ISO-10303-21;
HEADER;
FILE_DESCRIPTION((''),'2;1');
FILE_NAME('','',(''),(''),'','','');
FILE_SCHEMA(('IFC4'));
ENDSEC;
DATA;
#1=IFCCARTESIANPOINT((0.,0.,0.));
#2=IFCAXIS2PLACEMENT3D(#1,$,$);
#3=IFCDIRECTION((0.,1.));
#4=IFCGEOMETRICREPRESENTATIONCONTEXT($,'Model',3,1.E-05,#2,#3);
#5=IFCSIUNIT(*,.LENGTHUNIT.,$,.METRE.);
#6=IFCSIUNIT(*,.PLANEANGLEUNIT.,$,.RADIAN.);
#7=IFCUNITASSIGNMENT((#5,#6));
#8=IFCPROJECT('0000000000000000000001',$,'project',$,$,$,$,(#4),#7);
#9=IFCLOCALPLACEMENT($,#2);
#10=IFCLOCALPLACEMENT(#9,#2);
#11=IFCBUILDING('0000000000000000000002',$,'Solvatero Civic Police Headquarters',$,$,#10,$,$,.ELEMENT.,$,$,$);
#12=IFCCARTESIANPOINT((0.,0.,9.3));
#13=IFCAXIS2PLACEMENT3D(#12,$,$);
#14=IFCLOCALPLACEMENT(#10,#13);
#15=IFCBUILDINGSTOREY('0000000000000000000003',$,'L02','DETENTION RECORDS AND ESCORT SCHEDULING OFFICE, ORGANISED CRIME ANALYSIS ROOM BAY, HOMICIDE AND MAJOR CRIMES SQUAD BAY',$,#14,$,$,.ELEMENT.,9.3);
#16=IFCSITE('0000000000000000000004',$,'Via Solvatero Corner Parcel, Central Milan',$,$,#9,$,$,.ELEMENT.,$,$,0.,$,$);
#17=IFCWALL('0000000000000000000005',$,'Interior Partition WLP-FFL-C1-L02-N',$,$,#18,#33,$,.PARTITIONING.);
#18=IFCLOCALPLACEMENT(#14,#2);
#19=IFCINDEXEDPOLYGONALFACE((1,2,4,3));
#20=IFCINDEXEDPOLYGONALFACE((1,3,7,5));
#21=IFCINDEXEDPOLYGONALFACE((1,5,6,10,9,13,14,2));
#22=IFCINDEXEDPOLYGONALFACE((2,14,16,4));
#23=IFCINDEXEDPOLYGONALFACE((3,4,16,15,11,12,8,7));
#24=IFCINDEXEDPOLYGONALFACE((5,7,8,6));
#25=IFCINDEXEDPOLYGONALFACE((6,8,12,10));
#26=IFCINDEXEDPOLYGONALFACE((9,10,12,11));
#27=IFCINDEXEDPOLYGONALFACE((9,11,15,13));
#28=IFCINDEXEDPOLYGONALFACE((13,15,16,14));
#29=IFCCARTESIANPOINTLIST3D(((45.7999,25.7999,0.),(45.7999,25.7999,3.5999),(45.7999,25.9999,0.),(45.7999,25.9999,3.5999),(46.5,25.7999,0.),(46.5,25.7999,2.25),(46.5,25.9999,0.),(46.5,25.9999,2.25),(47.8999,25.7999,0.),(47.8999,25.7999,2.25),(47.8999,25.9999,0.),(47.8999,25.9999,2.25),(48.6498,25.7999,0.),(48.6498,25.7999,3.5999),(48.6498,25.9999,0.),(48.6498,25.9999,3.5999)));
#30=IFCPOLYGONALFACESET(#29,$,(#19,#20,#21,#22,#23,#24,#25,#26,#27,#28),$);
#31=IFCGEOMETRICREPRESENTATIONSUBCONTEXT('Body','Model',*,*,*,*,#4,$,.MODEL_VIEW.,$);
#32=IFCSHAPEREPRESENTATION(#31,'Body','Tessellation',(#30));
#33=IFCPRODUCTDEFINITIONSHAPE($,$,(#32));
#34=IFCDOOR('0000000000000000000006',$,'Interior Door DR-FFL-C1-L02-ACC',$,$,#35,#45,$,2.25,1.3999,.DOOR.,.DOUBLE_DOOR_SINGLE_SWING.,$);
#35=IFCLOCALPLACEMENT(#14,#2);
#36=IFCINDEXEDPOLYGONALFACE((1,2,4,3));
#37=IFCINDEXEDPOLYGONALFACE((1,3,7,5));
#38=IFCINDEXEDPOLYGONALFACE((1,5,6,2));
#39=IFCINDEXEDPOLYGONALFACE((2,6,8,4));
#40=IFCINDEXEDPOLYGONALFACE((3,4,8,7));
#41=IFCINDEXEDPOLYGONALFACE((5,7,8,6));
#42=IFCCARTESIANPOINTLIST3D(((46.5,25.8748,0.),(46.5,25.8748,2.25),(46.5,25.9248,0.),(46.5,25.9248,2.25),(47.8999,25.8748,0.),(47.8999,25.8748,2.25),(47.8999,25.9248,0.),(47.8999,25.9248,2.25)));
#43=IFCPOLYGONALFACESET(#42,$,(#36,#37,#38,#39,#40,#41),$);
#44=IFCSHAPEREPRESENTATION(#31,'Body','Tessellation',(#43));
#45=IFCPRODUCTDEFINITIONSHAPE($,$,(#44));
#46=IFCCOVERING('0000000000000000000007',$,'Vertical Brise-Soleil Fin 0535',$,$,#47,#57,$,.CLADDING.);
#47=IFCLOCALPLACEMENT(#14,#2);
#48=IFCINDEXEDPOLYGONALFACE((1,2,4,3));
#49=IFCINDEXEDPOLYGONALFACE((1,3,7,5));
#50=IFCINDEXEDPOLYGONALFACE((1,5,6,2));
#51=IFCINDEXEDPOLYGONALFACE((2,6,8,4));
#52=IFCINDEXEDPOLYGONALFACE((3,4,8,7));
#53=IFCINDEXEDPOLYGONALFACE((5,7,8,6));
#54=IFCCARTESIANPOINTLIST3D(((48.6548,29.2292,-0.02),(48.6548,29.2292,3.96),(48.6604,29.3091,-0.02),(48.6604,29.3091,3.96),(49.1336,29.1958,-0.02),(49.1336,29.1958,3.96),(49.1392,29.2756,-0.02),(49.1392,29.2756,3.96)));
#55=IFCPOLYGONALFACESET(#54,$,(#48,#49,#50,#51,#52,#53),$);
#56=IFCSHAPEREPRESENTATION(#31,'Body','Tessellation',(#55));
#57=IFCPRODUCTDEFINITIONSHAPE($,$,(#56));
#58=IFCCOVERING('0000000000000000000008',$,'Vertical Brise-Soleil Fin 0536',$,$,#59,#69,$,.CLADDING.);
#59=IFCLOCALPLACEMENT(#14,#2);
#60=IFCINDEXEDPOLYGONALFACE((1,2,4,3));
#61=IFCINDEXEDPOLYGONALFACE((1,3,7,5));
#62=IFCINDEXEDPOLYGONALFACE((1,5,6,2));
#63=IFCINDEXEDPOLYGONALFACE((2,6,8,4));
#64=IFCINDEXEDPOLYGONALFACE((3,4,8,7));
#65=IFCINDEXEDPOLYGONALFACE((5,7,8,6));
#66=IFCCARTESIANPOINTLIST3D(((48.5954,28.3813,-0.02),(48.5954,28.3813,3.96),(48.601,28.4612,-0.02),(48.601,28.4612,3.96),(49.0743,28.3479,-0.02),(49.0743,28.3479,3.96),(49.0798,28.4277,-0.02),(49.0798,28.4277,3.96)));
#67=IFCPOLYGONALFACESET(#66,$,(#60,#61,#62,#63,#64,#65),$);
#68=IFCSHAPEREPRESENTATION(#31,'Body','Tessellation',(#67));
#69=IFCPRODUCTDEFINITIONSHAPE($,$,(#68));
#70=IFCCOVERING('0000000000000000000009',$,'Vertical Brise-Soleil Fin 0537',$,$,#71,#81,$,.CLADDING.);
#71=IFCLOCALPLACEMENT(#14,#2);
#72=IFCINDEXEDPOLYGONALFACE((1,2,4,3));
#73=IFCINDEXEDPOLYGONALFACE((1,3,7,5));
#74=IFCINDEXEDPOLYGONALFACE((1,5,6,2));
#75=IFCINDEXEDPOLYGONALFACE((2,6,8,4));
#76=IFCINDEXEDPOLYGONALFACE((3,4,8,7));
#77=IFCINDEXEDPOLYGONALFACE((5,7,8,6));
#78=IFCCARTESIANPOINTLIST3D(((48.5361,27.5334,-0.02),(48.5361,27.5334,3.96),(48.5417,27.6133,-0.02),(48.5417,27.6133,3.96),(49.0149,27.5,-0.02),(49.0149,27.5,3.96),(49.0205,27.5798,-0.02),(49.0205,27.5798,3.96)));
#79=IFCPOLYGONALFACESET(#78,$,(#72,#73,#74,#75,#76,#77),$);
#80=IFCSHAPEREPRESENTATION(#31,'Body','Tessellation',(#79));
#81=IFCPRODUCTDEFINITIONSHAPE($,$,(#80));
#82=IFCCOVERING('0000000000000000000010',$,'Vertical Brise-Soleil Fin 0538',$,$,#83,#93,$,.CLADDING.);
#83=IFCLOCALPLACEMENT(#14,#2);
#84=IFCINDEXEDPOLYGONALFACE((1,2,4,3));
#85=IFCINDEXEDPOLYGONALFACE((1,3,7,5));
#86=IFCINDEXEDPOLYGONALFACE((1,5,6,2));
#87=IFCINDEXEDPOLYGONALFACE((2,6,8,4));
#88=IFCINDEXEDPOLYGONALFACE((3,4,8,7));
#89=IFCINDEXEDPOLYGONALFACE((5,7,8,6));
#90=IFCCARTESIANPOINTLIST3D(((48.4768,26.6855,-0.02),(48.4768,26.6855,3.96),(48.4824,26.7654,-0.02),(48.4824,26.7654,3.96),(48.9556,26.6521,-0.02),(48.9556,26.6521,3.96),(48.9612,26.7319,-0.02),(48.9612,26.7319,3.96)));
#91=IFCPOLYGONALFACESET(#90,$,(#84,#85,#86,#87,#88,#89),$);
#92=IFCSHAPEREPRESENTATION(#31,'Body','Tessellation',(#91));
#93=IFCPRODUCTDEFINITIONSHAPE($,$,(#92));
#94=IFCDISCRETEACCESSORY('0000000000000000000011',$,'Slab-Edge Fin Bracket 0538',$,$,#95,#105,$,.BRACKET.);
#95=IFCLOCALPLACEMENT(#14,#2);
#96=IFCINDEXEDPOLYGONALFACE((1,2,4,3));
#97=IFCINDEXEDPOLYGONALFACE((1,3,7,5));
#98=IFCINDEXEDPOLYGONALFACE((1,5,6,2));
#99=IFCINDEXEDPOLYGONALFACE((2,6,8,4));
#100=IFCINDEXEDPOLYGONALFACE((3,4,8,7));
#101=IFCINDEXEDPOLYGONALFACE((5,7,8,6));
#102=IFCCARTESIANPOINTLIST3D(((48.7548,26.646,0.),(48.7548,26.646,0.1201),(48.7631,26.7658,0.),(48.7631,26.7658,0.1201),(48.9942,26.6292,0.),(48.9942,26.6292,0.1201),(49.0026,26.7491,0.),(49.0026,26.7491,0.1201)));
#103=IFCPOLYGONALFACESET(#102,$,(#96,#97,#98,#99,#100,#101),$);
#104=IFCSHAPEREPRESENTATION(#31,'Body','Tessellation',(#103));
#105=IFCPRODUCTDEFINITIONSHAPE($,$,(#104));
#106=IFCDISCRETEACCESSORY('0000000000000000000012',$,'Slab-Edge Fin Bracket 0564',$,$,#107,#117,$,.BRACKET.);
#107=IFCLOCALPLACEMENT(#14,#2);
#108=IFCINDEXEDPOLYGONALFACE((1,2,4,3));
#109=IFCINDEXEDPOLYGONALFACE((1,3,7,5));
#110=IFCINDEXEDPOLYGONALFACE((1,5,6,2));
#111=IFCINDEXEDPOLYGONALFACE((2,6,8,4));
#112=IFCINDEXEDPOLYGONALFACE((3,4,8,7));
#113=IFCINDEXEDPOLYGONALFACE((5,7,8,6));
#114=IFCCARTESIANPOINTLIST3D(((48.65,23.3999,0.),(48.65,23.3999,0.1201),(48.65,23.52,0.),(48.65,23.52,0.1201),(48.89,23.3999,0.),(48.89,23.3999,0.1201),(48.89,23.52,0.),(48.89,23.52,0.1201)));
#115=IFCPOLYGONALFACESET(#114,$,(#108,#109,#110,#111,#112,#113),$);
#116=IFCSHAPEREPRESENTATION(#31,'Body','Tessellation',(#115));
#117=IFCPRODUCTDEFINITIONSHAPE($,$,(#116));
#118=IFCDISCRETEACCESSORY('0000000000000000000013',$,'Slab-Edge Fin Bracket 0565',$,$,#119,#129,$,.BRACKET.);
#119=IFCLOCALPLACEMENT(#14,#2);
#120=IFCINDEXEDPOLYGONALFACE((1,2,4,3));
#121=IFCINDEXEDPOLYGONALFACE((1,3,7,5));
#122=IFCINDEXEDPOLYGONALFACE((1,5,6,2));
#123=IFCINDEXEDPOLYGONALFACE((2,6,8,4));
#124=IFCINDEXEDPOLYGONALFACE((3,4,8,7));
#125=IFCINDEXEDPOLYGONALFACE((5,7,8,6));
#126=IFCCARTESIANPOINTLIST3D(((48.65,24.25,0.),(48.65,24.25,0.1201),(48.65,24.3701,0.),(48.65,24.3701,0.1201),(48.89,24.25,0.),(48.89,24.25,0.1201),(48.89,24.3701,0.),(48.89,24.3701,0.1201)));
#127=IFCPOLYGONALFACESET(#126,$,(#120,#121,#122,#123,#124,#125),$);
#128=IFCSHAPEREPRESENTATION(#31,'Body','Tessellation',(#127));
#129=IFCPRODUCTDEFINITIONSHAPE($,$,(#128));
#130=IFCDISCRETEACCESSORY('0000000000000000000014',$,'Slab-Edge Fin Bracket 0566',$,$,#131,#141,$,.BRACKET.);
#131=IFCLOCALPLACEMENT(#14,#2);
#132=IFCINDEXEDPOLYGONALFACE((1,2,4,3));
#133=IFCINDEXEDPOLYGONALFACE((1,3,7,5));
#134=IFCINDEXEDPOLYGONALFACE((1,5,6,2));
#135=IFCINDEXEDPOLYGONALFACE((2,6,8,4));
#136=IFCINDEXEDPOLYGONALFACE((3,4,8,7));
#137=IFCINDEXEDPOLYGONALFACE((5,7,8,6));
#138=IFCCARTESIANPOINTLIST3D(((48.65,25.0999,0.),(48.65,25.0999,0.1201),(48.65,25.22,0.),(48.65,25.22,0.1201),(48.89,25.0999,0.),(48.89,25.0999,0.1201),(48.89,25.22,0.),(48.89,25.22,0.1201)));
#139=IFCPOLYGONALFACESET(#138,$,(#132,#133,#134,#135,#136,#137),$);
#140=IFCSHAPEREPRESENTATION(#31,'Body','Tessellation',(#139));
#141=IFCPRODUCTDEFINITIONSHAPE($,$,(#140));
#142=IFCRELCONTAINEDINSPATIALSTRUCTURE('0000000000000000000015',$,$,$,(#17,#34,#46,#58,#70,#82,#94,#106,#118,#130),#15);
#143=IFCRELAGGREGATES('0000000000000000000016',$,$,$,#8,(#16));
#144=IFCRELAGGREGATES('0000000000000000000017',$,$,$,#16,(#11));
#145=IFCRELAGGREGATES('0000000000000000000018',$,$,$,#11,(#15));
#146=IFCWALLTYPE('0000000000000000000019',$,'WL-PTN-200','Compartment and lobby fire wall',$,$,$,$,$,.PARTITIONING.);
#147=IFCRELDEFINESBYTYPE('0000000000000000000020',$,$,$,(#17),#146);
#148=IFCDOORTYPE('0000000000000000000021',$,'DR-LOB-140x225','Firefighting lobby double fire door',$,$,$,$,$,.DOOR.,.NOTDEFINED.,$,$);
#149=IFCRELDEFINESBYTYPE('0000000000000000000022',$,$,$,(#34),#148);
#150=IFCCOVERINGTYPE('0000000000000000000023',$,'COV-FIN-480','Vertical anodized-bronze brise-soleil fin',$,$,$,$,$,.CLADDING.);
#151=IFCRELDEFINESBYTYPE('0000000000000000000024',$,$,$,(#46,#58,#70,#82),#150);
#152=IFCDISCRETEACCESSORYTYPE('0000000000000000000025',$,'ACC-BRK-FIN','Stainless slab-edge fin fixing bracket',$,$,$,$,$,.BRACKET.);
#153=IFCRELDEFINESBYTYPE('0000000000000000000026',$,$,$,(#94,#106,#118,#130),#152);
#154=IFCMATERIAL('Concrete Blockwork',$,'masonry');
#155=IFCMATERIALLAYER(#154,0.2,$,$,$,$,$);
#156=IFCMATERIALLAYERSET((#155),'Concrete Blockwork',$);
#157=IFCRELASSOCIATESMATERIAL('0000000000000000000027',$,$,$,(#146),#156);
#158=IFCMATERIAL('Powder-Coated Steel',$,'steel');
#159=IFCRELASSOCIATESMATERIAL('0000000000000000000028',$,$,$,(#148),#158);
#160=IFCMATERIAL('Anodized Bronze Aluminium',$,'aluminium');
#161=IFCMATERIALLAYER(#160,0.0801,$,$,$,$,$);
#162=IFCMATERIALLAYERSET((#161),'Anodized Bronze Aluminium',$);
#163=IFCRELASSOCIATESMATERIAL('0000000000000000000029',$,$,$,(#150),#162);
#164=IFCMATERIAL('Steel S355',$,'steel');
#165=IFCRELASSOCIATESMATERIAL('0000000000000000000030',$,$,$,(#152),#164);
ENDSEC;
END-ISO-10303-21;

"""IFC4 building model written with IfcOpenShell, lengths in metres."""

from ifc_helpers import new_model, si_unit, direction, frame, frame_2d, origin, origin_2d, place, context, subcontext, project, spatial, rectangle, extrude, material, layer, layer_set, type_object, element, fill, save


model = new_model("IFC4")

# Units and contexts
model_context = context("Model", 3, precision=1e-05, world=origin(), true_north=direction((0.0, 1.0)))
body_context = subcontext(model_context, "Body", "Model", "MODEL_VIEW")
ifc_project = project(units=[si_unit("LENGTHUNIT", "METRE"), si_unit("PLANEANGLEUNIT", "RADIAN")], contexts=[model_context])

# Site, building, storey
site_placement = place(None, origin())
site = spatial("IfcSite", under=ifc_project, at=site_placement, Name="Via Solvatero Corner Parcel, Central Milan", CompositionType="ELEMENT", RefElevation=0.0)
building_placement = place(site_placement, origin())
building = spatial("IfcBuilding", under=site, at=building_placement, Name="Solvatero Civic Police Headquarters", CompositionType="ELEMENT")
storey_placement = place(building_placement, frame((0.0, 0.0, 9.3)))
storey = spatial("IfcBuildingStorey", under=building, at=storey_placement, Name="L02", Description="DETENTION RECORDS AND ESCORT SCHEDULING OFFICE, ORGANISED CRIME ANALYSIS ROOM BAY, HOMICIDE AND MAJOR CRIMES SQUAD BAY", CompositionType="ELEMENT", Elevation=9.3)

# Shared definitions
ifc_material_1 = material(Name="Steel S355", Category="steel")

# Shared definitions
ifc_material_2 = material(Name="Anodized Bronze Aluminium", Category="aluminium")

# Wall, opening, door
ifc_material_3 = material(Name="Concrete Blockwork", Category="masonry")
ifc_layer_1 = layer(ifc_material_3, 0.2)
ifc_layer_set_1 = layer_set([ifc_layer_1], Name="Concrete Blockwork")
wall_type_1 = type_object("IfcWallType", Name="WL-PTN-200", Description="Compartment and lobby fire wall", PredefinedType="PARTITIONING", material=ifc_layer_set_1)
wall_1_placement = place(storey_placement, frame((45.8, 25.8999, 0.0), z_axis=(0.0, 0.0, 1.0), x_axis=(1.0, 0.0, 0.0)))
wall_1 = element("IfcWall", 1, at=wall_1_placement, inside=storey, type_object=wall_type_1, Name="Interior Partition WLP-FFL-C1-L02-N", PredefinedType="PARTITIONING", context=body_context, shape_type="SweptSolid", body=[
    extrude(rectangle(XDim=2.8499, YDim=0.2, at=frame_2d((1.4248, 0.0))), origin(), (0.0, 0.0, 1.0), 3.5999),
])
opening_1_placement = place(wall_1_placement, frame((0.7, 0.0, 0.0)))
opening_1 = element("IfcOpeningElement", 2, at=opening_1_placement, cuts=wall_1, PredefinedType="OPENING", context=body_context, shape_type="SweptSolid", body=[
    extrude(rectangle(XDim=1.3999, YDim=2.25, at=frame_2d((0.7, 1.125))), frame((0.0, 0.1099, 0.0), z_axis=(0.0, -1.0, 0.0), x_axis=(1.0, 0.0, 0.0)), (0.0, 0.0, 1.0), 0.22),
])
ifc_material_4 = material(Name="Powder-Coated Steel", Category="steel")
door_type_1 = type_object("IfcDoorType", Name="DR-LOB-140x225", Description="Firefighting lobby double fire door", OperationType="NOTDEFINED", PredefinedType="DOOR", material=ifc_material_4)
door_1_placement = place(opening_1_placement, origin())
door_1 = element("IfcDoor", 3, at=door_1_placement, inside=storey, type_object=door_type_1, Name="Interior Door DR-FFL-C1-L02-ACC", OperationType="DOUBLE_DOOR_SINGLE_SWING", OverallHeight=2.25, OverallWidth=1.3999, PredefinedType="DOOR", context=body_context, shape_type="SweptSolid", body=[
    extrude(rectangle(XDim=1.3999, YDim=2.25, at=frame_2d((0.7, 1.125))), frame((0.0, 0.0249, 0.0), z_axis=(0.0, -1.0, 0.0), x_axis=(1.0, 0.0, 0.0)), (0.0, 0.0, 1.0), 0.05),
])
fill(opening_1, door_1)

# Coverings
ifc_layer_2 = layer(ifc_material_2, 0.0801)
ifc_layer_set_2 = layer_set([ifc_layer_2], Name="Anodized Bronze Aluminium")
covering_type = type_object("IfcCoveringType", Name="COV-FIN-480", Description="Vertical anodized-bronze brise-soleil fin", PredefinedType="CLADDING", material=ifc_layer_set_2)
for number, where, z_axis, x_axis, name in (
    (4, (48.897, 29.2524, -0.02), (0.0, 0.0, 1.0), (-0.069756, -0.997564, 0.0), "Vertical Brise-Soleil Fin 0535"),
    (5, (48.8376, 28.4045, -0.02), (0.0, 0.0, 1.0), (-0.069756, -0.997564, 0.0), "Vertical Brise-Soleil Fin 0536"),
    (6, (48.7783, 27.5566, -0.02), (0.0, 0.0, 1.0), (-0.069756, -0.997564, 0.0), "Vertical Brise-Soleil Fin 0537"),
    (7, (48.719, 26.7087, -0.02), (0.0, 0.0, 1.0), (-0.069756, -0.997564, 0.0), "Vertical Brise-Soleil Fin 0538"),
):
    element("IfcCovering", number, at=place(storey_placement, frame(where, z_axis=z_axis, x_axis=x_axis)), inside=storey, type_object=covering_type, Name=name, PredefinedType="CLADDING", context=body_context, shape_type="SweptSolid", body=[
        extrude(rectangle(XDim=0.0801, YDim=0.48, at=origin_2d()), origin(), (0.0, 0.0, 1.0), 3.98),
    ])

# Discrete accessories
discrete_accessory_type = type_object("IfcDiscreteAccessoryType", Name="ACC-BRK-FIN", Description="Stainless slab-edge fin fixing bracket", PredefinedType="BRACKET", material=ifc_material_1)
for number, where, z_axis, x_axis, name in (
    (8, (48.8787, 26.6975, 0.0), (0.0, 0.0, 1.0), (-0.069756, -0.997564, 0.0), "Slab-Edge Fin Bracket 0538"),
    (9, (48.77, 23.46, 0.0), (0.0, 0.0, 1.0), (0.0, 1.0, 0.0), "Slab-Edge Fin Bracket 0564"),
    (10, (48.77, 24.3101, 0.0), (0.0, 0.0, 1.0), (0.0, 1.0, 0.0), "Slab-Edge Fin Bracket 0565"),
    (11, (48.77, 25.1599, 0.0), (0.0, 0.0, 1.0), (0.0, 1.0, 0.0), "Slab-Edge Fin Bracket 0566"),
):
    element("IfcDiscreteAccessory", number, at=place(storey_placement, frame(where, z_axis=z_axis, x_axis=x_axis)), inside=storey, type_object=discrete_accessory_type, Name=name, PredefinedType="BRACKET", context=body_context, shape_type="SweptSolid", body=[
        extrude(rectangle(XDim=0.1201, YDim=0.24, at=origin_2d()), origin(), (0.0, 0.0, 1.0), 0.1201),
    ])

save(model, "model.ifc")
